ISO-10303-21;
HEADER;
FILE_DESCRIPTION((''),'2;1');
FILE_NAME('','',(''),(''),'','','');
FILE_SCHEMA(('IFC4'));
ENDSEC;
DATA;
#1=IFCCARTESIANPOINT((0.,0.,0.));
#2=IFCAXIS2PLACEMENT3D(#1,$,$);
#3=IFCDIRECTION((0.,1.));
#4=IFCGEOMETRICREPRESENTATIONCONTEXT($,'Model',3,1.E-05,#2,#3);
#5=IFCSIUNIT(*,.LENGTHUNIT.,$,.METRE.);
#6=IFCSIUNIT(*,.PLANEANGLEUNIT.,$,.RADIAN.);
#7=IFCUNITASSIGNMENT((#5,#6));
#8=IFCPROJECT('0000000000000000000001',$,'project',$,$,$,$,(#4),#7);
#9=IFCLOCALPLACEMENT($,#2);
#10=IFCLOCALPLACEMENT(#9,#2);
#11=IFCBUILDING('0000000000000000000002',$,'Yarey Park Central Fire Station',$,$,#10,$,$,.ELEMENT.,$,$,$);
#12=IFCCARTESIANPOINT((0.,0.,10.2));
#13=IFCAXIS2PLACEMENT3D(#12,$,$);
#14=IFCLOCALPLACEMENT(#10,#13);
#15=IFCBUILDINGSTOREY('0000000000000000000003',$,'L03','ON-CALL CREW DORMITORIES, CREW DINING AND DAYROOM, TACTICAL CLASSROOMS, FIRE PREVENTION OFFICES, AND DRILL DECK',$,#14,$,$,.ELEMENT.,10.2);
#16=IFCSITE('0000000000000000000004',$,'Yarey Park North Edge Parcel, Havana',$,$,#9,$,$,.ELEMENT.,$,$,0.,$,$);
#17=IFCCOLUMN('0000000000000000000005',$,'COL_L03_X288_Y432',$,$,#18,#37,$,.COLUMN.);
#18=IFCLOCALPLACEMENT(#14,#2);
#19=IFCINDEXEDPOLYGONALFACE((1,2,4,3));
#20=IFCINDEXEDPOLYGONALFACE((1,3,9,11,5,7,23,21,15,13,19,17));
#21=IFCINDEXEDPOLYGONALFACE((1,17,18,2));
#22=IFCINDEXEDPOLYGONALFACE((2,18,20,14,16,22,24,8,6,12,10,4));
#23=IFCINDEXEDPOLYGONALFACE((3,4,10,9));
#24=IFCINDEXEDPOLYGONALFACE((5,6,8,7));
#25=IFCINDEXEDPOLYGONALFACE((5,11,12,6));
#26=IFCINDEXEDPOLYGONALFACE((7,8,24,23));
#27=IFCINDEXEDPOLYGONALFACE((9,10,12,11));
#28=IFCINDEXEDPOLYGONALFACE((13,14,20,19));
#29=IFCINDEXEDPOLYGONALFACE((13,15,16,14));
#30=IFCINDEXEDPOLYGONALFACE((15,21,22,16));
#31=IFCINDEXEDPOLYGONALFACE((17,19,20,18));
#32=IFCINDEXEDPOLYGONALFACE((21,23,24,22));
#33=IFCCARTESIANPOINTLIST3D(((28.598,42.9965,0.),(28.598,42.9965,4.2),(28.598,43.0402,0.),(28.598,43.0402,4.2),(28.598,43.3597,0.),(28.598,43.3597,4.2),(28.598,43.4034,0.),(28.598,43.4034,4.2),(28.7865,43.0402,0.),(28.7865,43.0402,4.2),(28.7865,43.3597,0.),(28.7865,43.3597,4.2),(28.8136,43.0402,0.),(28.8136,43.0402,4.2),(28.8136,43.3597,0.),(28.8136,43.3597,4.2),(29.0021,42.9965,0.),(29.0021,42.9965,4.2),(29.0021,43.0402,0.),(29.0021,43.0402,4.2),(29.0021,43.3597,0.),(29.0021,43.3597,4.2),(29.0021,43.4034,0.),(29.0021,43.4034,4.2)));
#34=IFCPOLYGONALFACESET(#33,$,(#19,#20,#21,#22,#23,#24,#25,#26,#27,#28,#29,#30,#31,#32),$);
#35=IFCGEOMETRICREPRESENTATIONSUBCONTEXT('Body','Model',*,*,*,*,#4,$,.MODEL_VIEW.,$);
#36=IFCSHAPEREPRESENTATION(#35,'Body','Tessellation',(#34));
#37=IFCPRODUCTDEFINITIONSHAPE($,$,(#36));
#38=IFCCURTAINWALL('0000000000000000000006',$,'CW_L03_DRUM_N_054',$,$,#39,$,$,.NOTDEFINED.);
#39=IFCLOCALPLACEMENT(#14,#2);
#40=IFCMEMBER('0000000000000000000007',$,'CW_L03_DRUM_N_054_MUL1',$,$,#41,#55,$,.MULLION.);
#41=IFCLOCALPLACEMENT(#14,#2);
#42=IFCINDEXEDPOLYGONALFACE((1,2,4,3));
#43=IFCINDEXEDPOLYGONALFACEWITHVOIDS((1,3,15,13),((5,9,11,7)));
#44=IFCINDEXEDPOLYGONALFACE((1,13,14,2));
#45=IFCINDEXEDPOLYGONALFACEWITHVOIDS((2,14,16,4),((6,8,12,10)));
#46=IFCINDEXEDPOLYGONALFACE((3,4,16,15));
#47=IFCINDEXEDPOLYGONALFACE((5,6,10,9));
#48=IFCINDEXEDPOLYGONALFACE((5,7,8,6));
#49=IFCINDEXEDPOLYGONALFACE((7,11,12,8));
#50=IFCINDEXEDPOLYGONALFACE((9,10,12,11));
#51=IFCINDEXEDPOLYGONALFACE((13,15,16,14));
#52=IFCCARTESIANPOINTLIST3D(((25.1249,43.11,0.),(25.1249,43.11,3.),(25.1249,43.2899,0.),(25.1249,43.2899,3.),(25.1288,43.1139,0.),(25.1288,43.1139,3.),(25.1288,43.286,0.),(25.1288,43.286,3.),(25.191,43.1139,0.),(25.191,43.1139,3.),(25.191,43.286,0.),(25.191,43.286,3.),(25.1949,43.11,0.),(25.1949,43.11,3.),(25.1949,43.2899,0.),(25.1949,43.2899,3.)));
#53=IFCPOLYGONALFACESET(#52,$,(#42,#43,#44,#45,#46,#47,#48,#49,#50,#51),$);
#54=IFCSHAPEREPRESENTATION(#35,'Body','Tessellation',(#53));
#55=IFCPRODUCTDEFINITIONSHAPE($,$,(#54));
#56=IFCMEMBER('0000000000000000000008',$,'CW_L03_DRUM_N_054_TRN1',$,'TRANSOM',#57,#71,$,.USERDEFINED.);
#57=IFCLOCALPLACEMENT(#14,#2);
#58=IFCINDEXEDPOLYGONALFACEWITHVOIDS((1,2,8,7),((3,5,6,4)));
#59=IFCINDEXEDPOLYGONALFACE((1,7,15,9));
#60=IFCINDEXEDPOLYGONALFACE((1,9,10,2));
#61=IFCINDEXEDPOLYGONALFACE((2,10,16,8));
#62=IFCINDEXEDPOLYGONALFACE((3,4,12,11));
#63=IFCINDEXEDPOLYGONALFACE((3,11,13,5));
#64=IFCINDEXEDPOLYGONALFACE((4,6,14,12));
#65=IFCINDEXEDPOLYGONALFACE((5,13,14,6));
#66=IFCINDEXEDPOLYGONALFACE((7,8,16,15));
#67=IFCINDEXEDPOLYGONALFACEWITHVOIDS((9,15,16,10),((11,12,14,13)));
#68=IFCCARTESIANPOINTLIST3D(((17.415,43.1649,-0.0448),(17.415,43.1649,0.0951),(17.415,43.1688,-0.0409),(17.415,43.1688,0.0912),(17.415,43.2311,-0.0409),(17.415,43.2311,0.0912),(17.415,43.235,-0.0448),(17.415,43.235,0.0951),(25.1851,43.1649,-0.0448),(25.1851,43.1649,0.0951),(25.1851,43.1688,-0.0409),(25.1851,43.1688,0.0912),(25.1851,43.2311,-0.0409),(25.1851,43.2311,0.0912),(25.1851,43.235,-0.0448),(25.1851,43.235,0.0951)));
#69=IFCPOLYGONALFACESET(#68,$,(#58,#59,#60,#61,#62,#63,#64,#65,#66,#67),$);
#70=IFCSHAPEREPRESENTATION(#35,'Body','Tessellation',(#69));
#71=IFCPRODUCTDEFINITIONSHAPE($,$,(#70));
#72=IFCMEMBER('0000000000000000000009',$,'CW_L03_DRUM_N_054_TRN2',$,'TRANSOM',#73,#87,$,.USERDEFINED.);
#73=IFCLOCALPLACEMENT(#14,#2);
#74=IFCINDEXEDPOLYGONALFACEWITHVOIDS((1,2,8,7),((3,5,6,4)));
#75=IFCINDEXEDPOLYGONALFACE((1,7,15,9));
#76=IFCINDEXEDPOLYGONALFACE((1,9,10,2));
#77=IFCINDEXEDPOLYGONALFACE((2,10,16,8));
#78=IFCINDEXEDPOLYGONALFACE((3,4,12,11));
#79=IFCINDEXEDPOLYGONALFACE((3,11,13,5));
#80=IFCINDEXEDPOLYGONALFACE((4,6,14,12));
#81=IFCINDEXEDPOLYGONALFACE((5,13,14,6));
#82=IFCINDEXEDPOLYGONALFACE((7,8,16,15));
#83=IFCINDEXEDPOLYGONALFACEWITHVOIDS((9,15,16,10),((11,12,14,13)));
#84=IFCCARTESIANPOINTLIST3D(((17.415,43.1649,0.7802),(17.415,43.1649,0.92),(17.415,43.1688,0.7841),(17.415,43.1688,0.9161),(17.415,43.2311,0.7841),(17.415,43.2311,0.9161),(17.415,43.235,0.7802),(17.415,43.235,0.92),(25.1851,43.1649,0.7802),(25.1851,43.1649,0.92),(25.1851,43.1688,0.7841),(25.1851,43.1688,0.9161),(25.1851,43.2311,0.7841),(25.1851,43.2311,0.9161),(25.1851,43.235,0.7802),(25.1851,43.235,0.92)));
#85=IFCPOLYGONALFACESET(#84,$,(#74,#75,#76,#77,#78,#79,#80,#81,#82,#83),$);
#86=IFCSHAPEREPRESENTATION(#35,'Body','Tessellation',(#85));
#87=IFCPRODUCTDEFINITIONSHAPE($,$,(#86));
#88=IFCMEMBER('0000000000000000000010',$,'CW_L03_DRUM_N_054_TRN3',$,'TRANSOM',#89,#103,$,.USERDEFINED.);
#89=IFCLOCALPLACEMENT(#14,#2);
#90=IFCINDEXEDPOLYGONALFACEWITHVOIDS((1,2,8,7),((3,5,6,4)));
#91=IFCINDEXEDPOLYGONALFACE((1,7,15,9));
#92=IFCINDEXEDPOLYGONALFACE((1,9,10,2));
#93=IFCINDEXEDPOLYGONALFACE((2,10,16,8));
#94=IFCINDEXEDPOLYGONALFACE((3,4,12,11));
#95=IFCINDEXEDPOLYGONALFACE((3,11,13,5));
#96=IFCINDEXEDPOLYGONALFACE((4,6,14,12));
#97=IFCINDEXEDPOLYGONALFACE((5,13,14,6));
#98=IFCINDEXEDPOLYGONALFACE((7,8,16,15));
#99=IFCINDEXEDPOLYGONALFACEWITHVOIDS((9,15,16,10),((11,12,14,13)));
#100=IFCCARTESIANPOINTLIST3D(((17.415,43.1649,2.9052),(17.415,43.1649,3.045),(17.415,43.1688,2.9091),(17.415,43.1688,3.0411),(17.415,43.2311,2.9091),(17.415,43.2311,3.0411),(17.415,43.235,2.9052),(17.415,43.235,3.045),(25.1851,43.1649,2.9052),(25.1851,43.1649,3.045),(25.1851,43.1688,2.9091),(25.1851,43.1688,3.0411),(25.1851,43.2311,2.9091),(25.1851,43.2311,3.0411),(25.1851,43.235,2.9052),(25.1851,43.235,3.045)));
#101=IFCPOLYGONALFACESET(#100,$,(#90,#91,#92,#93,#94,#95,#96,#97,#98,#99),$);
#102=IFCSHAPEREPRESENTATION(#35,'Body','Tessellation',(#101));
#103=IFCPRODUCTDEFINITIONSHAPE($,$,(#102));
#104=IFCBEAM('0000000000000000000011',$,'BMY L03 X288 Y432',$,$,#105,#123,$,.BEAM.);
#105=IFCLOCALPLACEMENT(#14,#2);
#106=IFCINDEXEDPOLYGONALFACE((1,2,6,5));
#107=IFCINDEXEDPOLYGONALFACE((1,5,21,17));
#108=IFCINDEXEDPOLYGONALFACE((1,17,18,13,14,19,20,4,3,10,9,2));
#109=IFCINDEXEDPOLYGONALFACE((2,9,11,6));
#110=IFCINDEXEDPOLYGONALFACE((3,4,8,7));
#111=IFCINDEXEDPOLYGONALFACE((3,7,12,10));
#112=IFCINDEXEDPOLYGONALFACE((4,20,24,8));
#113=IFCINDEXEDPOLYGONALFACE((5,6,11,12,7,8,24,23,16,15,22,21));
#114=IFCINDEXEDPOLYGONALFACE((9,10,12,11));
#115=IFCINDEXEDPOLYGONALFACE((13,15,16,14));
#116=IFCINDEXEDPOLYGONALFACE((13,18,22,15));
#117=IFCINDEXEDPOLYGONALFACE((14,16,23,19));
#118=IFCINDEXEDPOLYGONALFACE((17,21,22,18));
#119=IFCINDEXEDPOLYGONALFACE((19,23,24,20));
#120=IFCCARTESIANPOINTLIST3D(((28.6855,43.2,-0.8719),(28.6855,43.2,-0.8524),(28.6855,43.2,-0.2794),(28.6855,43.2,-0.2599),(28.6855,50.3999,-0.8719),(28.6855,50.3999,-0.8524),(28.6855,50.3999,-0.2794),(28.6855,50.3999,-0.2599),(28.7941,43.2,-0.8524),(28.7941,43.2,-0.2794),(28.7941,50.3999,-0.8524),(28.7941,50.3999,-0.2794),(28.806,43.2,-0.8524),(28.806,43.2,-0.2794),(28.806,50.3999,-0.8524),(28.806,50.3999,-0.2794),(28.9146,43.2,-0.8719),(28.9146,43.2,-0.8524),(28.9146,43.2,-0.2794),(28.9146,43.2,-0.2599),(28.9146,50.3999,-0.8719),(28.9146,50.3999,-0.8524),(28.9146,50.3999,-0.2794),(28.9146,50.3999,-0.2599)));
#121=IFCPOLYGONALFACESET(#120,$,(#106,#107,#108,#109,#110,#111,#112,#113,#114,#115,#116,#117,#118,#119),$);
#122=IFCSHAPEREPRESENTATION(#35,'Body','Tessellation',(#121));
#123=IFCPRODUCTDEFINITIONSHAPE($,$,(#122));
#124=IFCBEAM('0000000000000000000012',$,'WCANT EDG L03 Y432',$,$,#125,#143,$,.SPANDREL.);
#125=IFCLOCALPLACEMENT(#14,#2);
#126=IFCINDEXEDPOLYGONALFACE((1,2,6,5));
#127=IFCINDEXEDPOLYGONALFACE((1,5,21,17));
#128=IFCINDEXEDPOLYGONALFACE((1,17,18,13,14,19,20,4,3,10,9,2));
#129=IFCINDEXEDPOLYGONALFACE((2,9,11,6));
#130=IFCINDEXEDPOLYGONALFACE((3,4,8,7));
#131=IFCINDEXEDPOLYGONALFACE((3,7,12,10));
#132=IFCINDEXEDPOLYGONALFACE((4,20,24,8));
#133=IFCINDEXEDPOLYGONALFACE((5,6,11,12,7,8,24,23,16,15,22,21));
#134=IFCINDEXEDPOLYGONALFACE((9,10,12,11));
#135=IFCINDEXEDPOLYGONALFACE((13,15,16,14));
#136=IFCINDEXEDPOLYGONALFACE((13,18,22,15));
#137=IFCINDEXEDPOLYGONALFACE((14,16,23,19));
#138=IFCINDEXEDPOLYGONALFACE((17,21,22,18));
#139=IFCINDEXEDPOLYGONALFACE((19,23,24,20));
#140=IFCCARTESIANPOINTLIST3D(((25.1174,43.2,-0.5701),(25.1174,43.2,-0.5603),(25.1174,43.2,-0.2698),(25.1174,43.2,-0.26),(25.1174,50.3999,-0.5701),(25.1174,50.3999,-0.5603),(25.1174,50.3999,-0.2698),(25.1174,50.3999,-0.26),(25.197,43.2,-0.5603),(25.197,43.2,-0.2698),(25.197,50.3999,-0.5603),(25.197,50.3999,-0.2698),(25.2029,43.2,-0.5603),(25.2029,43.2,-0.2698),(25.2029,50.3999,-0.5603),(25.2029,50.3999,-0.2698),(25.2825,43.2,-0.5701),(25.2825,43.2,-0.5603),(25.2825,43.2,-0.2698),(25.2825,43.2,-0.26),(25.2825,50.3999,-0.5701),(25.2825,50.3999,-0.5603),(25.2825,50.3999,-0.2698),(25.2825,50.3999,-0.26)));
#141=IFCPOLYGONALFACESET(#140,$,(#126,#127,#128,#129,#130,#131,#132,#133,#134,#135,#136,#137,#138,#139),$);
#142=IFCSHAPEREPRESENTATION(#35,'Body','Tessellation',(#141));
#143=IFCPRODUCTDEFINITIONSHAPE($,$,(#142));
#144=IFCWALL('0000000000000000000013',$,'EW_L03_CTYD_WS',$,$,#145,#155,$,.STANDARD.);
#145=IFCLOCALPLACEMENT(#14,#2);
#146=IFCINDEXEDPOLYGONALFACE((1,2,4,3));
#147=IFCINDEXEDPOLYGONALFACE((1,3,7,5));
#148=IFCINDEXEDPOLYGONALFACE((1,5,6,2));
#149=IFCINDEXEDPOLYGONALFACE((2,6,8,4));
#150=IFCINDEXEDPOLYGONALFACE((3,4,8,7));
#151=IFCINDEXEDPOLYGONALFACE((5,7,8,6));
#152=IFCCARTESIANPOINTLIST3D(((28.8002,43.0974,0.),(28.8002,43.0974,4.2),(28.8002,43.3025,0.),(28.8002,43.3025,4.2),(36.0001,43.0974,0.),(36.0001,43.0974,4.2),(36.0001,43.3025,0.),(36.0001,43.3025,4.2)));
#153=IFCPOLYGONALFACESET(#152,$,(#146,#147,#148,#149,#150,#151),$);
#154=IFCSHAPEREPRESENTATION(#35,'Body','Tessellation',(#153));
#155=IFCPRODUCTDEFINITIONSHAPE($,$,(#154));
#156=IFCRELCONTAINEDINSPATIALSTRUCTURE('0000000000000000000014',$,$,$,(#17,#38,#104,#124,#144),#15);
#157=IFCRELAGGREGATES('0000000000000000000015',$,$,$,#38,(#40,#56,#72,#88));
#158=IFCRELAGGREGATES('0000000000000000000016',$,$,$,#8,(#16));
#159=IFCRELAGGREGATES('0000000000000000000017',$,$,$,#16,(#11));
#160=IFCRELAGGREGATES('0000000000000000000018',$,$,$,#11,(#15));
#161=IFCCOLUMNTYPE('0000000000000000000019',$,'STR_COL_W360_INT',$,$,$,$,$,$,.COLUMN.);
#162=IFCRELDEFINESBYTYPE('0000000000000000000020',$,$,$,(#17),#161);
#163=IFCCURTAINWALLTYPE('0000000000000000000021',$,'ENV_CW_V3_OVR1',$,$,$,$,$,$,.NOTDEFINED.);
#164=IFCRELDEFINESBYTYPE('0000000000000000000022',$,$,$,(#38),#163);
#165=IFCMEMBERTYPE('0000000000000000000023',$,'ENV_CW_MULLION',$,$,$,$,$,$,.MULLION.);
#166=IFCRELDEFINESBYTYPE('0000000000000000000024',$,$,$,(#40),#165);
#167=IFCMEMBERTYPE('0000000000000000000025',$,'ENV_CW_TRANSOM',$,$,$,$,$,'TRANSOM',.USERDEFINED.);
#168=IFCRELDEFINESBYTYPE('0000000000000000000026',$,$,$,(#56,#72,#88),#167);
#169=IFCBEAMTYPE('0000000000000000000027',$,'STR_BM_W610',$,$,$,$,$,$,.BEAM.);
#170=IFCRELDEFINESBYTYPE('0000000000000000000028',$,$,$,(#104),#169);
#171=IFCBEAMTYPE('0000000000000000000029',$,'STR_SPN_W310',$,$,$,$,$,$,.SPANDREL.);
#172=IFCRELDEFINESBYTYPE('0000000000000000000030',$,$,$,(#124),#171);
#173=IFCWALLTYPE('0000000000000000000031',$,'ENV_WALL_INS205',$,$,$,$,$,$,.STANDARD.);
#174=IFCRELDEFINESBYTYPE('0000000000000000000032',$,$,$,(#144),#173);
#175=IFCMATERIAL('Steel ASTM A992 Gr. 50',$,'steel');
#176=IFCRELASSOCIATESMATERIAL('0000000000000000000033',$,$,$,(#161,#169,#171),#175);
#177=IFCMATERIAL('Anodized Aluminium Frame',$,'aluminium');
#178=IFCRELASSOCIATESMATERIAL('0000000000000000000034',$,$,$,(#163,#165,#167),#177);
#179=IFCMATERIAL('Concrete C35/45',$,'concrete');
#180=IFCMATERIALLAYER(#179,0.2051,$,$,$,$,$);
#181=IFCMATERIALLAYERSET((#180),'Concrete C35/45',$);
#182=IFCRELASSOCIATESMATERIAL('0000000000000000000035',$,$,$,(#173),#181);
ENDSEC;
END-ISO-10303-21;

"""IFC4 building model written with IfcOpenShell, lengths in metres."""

from ifc_helpers import new_model, si_unit, direction, frame, frame_2d, origin, origin_2d, place, context, subcontext, project, spatial, rectangle, hollow_rectangle, i_section, extrude, material, layer, layer_set, material_profile, profile_set, type_object, element, aggregate, save


model = new_model("IFC4")

# Units and contexts
model_context = context("Model", 3, precision=1e-05, world=origin(), true_north=direction((0.0, 1.0)))
body_context = subcontext(model_context, "Body", "Model", "MODEL_VIEW")
ifc_project = project(units=[si_unit("LENGTHUNIT", "METRE"), si_unit("PLANEANGLEUNIT", "RADIAN")], contexts=[model_context])

# Site, building, storey
site_placement = place(None, origin())
site = spatial("IfcSite", under=ifc_project, at=site_placement, Name="Yarey Park North Edge Parcel, Havana", CompositionType="ELEMENT", RefElevation=0.0)
building_placement = place(site_placement, origin())
building = spatial("IfcBuilding", under=site, at=building_placement, Name="Yarey Park Central Fire Station", CompositionType="ELEMENT")
storey_placement = place(building_placement, frame((0.0, 0.0, 10.2)))
storey = spatial("IfcBuildingStorey", under=building, at=storey_placement, Name="L03", Description="ON-CALL CREW DORMITORIES, CREW DINING AND DAYROOM, TACTICAL CLASSROOMS, FIRE PREVENTION OFFICES, AND DRILL DECK", CompositionType="ELEMENT", Elevation=10.2)

# Column
ifc_material_1 = material(Name="Steel ASTM A992 Gr. 50", Category="steel")
ifc_material_profile_1 = material_profile(ifc_material_1, i_section(OverallWidth=0.4041, OverallDepth=0.407, WebThickness=0.0271, FlangeThickness=0.0437, at=origin_2d()), Name="W360x347")
ifc_profile_set_1 = profile_set([ifc_material_profile_1], Name="Steel ASTM A992 Gr. 50")
column_type = type_object("IfcColumnType", Name="STR_COL_W360_INT", PredefinedType="COLUMN", material=ifc_profile_set_1)
column_placement = place(storey_placement, frame((28.8, 43.2, 0.0), z_axis=(0.0, 0.0, 1.0), x_axis=(1.0, 0.0, 0.0)))
element("IfcColumn", 1, at=column_placement, inside=storey, type_object=column_type, Name="COL_L03_X288_Y432", PredefinedType="COLUMN", context=body_context, shape_type="SweptSolid", body=[
    extrude(i_section(OverallWidth=0.4041, OverallDepth=0.407, WebThickness=0.0271, FlangeThickness=0.0437, at=origin_2d()), origin(), (0.0, 0.0, 1.0), 4.2),
])

# Curtain wall, members
ifc_material_2 = material(Name="Anodized Aluminium Frame", Category="aluminium")
curtain_wall_type = type_object("IfcCurtainWallType", Name="ENV_CW_V3_OVR1", PredefinedType="NOTDEFINED", material=ifc_material_2)
curtain_wall_placement = place(storey_placement, origin())
curtain_wall = element("IfcCurtainWall", 2, at=curtain_wall_placement, inside=storey, type_object=curtain_wall_type, Name="CW_L03_DRUM_N_054", PredefinedType="NOTDEFINED")
ifc_material_profile_2 = material_profile(ifc_material_2, hollow_rectangle(XDim=0.0701, YDim=0.1799, WallThickness=0.0039, at=origin_2d()), Name="ALU 180x70x4")
ifc_profile_set_2 = profile_set([ifc_material_profile_2], Name="Anodized Aluminium Frame")
member_type_1 = type_object("IfcMemberType", Name="ENV_CW_MULLION", PredefinedType="MULLION", material=ifc_profile_set_2)
member_1_placement = place(storey_placement, frame((25.1599, 43.2, 0.0), z_axis=(0.0, 0.0, 1.0), x_axis=(1.0, 0.0, 0.0)))
member_1 = element("IfcMember", 3, at=member_1_placement, type_object=member_type_1, Name="CW_L03_DRUM_N_054_MUL1", PredefinedType="MULLION", context=body_context, shape_type="SweptSolid", body=[
    extrude(hollow_rectangle(XDim=0.0701, YDim=0.1799, WallThickness=0.0039, at=origin_2d()), origin(), (0.0, 0.0, 1.0), 3.0),
])
ifc_material_profile_3 = material_profile(ifc_material_2, hollow_rectangle(XDim=0.0701, YDim=0.1399, WallThickness=0.0039, at=origin_2d()), Name="ALU 140x70x4")
ifc_profile_set_3 = profile_set([ifc_material_profile_3], Name="Anodized Aluminium Frame")
member_type_2 = type_object("IfcMemberType", Name="ENV_CW_TRANSOM", ElementType="TRANSOM", PredefinedType="USERDEFINED", material=ifc_profile_set_3)
member_2_placement = place(storey_placement, frame((25.1851, 43.2, 0.0251), z_axis=(-1.0, 0.0, 0.0), x_axis=(0.0, -1.0, 0.0)))
member_2 = element("IfcMember", 4, at=member_2_placement, type_object=member_type_2, Name="CW_L03_DRUM_N_054_TRN1", ObjectType="TRANSOM", PredefinedType="USERDEFINED", context=body_context, shape_type="SweptSolid", body=[
    extrude(hollow_rectangle(XDim=0.0701, YDim=0.1399, WallThickness=0.0039, at=origin_2d()), origin(), (0.0, 0.0, 1.0), 7.77),
])
member_3_placement = place(storey_placement, frame((25.1851, 43.2, 0.8501), z_axis=(-1.0, 0.0, 0.0), x_axis=(0.0, -1.0, 0.0)))
member_3 = element("IfcMember", 5, at=member_3_placement, type_object=member_type_2, Name="CW_L03_DRUM_N_054_TRN2", ObjectType="TRANSOM", PredefinedType="USERDEFINED", context=body_context, shape_type="SweptSolid", body=[
    extrude(hollow_rectangle(XDim=0.0701, YDim=0.1399, WallThickness=0.0039, at=origin_2d()), origin(), (0.0, 0.0, 1.0), 7.77),
])
member_4_placement = place(storey_placement, frame((25.1851, 43.2, 2.9751), z_axis=(-1.0, 0.0, 0.0), x_axis=(0.0, -1.0, 0.0)))
member_4 = element("IfcMember", 6, at=member_4_placement, type_object=member_type_2, Name="CW_L03_DRUM_N_054_TRN3", ObjectType="TRANSOM", PredefinedType="USERDEFINED", context=body_context, shape_type="SweptSolid", body=[
    extrude(hollow_rectangle(XDim=0.0701, YDim=0.1399, WallThickness=0.0039, at=origin_2d()), origin(), (0.0, 0.0, 1.0), 7.77),
])
aggregate(curtain_wall, [member_1, member_2, member_3, member_4])

# Beams
ifc_material_profile_4 = material_profile(ifc_material_1, i_section(OverallWidth=0.229, OverallDepth=0.6121, WebThickness=0.012, FlangeThickness=0.0195, at=origin_2d()), Name="W610x125")
ifc_profile_set_4 = profile_set([ifc_material_profile_4], Name="Steel ASTM A992 Gr. 50")
beam_type_1 = type_object("IfcBeamType", Name="STR_BM_W610", PredefinedType="BEAM", material=ifc_profile_set_4)
beam_1_placement = place(storey_placement, frame((28.8, 43.2, -0.5659), z_axis=(0.0, 1.0, 0.0), x_axis=(-1.0, 0.0, 0.0)))
element("IfcBeam", 7, at=beam_1_placement, inside=storey, type_object=beam_type_1, Name="BMY L03 X288 Y432", PredefinedType="BEAM", context=body_context, shape_type="SweptSolid", body=[
    extrude(i_section(OverallWidth=0.229, OverallDepth=0.6121, WebThickness=0.012, FlangeThickness=0.0195, at=origin_2d()), origin(), (0.0, 0.0, 1.0), 7.2),
])
ifc_material_profile_5 = material_profile(ifc_material_1, i_section(OverallWidth=0.165, OverallDepth=0.3101, WebThickness=0.0059, FlangeThickness=0.0098, at=origin_2d()), Name="W310x39")
ifc_profile_set_5 = profile_set([ifc_material_profile_5], Name="Steel ASTM A992 Gr. 50")
beam_type_2 = type_object("IfcBeamType", Name="STR_SPN_W310", PredefinedType="SPANDREL", material=ifc_profile_set_5)
beam_2_placement = place(storey_placement, frame((25.2, 43.2, -0.415), z_axis=(0.0, 1.0, 0.0), x_axis=(-1.0, 0.0, 0.0)))
element("IfcBeam", 8, at=beam_2_placement, inside=storey, type_object=beam_type_2, Name="WCANT EDG L03 Y432", PredefinedType="SPANDREL", context=body_context, shape_type="SweptSolid", body=[
    extrude(i_section(OverallWidth=0.165, OverallDepth=0.3101, WebThickness=0.0059, FlangeThickness=0.0098, at=origin_2d()), origin(), (0.0, 0.0, 1.0), 7.2),
])

# Wall
ifc_material_3 = material(Name="Concrete C35/45", Category="concrete")
ifc_layer_1 = layer(ifc_material_3, 0.2051)
ifc_layer_set_1 = layer_set([ifc_layer_1], Name="Concrete C35/45")
wall_type_1 = type_object("IfcWallType", Name="ENV_WALL_INS205", PredefinedType="STANDARD", material=ifc_layer_set_1)
wall_1_placement = place(storey_placement, frame((28.8, 43.2, 0.0), z_axis=(0.0, 0.0, 1.0), x_axis=(1.0, 0.0, 0.0)))
element("IfcWall", 9, at=wall_1_placement, inside=storey, type_object=wall_type_1, Name="EW_L03_CTYD_WS", PredefinedType="STANDARD", context=body_context, shape_type="SweptSolid", body=[
    extrude(rectangle(XDim=7.2, YDim=0.2051, at=frame_2d((3.6001, 0.0))), origin(), (0.0, 0.0, 1.0), 4.2),
])

save(model, "model.ifc")
